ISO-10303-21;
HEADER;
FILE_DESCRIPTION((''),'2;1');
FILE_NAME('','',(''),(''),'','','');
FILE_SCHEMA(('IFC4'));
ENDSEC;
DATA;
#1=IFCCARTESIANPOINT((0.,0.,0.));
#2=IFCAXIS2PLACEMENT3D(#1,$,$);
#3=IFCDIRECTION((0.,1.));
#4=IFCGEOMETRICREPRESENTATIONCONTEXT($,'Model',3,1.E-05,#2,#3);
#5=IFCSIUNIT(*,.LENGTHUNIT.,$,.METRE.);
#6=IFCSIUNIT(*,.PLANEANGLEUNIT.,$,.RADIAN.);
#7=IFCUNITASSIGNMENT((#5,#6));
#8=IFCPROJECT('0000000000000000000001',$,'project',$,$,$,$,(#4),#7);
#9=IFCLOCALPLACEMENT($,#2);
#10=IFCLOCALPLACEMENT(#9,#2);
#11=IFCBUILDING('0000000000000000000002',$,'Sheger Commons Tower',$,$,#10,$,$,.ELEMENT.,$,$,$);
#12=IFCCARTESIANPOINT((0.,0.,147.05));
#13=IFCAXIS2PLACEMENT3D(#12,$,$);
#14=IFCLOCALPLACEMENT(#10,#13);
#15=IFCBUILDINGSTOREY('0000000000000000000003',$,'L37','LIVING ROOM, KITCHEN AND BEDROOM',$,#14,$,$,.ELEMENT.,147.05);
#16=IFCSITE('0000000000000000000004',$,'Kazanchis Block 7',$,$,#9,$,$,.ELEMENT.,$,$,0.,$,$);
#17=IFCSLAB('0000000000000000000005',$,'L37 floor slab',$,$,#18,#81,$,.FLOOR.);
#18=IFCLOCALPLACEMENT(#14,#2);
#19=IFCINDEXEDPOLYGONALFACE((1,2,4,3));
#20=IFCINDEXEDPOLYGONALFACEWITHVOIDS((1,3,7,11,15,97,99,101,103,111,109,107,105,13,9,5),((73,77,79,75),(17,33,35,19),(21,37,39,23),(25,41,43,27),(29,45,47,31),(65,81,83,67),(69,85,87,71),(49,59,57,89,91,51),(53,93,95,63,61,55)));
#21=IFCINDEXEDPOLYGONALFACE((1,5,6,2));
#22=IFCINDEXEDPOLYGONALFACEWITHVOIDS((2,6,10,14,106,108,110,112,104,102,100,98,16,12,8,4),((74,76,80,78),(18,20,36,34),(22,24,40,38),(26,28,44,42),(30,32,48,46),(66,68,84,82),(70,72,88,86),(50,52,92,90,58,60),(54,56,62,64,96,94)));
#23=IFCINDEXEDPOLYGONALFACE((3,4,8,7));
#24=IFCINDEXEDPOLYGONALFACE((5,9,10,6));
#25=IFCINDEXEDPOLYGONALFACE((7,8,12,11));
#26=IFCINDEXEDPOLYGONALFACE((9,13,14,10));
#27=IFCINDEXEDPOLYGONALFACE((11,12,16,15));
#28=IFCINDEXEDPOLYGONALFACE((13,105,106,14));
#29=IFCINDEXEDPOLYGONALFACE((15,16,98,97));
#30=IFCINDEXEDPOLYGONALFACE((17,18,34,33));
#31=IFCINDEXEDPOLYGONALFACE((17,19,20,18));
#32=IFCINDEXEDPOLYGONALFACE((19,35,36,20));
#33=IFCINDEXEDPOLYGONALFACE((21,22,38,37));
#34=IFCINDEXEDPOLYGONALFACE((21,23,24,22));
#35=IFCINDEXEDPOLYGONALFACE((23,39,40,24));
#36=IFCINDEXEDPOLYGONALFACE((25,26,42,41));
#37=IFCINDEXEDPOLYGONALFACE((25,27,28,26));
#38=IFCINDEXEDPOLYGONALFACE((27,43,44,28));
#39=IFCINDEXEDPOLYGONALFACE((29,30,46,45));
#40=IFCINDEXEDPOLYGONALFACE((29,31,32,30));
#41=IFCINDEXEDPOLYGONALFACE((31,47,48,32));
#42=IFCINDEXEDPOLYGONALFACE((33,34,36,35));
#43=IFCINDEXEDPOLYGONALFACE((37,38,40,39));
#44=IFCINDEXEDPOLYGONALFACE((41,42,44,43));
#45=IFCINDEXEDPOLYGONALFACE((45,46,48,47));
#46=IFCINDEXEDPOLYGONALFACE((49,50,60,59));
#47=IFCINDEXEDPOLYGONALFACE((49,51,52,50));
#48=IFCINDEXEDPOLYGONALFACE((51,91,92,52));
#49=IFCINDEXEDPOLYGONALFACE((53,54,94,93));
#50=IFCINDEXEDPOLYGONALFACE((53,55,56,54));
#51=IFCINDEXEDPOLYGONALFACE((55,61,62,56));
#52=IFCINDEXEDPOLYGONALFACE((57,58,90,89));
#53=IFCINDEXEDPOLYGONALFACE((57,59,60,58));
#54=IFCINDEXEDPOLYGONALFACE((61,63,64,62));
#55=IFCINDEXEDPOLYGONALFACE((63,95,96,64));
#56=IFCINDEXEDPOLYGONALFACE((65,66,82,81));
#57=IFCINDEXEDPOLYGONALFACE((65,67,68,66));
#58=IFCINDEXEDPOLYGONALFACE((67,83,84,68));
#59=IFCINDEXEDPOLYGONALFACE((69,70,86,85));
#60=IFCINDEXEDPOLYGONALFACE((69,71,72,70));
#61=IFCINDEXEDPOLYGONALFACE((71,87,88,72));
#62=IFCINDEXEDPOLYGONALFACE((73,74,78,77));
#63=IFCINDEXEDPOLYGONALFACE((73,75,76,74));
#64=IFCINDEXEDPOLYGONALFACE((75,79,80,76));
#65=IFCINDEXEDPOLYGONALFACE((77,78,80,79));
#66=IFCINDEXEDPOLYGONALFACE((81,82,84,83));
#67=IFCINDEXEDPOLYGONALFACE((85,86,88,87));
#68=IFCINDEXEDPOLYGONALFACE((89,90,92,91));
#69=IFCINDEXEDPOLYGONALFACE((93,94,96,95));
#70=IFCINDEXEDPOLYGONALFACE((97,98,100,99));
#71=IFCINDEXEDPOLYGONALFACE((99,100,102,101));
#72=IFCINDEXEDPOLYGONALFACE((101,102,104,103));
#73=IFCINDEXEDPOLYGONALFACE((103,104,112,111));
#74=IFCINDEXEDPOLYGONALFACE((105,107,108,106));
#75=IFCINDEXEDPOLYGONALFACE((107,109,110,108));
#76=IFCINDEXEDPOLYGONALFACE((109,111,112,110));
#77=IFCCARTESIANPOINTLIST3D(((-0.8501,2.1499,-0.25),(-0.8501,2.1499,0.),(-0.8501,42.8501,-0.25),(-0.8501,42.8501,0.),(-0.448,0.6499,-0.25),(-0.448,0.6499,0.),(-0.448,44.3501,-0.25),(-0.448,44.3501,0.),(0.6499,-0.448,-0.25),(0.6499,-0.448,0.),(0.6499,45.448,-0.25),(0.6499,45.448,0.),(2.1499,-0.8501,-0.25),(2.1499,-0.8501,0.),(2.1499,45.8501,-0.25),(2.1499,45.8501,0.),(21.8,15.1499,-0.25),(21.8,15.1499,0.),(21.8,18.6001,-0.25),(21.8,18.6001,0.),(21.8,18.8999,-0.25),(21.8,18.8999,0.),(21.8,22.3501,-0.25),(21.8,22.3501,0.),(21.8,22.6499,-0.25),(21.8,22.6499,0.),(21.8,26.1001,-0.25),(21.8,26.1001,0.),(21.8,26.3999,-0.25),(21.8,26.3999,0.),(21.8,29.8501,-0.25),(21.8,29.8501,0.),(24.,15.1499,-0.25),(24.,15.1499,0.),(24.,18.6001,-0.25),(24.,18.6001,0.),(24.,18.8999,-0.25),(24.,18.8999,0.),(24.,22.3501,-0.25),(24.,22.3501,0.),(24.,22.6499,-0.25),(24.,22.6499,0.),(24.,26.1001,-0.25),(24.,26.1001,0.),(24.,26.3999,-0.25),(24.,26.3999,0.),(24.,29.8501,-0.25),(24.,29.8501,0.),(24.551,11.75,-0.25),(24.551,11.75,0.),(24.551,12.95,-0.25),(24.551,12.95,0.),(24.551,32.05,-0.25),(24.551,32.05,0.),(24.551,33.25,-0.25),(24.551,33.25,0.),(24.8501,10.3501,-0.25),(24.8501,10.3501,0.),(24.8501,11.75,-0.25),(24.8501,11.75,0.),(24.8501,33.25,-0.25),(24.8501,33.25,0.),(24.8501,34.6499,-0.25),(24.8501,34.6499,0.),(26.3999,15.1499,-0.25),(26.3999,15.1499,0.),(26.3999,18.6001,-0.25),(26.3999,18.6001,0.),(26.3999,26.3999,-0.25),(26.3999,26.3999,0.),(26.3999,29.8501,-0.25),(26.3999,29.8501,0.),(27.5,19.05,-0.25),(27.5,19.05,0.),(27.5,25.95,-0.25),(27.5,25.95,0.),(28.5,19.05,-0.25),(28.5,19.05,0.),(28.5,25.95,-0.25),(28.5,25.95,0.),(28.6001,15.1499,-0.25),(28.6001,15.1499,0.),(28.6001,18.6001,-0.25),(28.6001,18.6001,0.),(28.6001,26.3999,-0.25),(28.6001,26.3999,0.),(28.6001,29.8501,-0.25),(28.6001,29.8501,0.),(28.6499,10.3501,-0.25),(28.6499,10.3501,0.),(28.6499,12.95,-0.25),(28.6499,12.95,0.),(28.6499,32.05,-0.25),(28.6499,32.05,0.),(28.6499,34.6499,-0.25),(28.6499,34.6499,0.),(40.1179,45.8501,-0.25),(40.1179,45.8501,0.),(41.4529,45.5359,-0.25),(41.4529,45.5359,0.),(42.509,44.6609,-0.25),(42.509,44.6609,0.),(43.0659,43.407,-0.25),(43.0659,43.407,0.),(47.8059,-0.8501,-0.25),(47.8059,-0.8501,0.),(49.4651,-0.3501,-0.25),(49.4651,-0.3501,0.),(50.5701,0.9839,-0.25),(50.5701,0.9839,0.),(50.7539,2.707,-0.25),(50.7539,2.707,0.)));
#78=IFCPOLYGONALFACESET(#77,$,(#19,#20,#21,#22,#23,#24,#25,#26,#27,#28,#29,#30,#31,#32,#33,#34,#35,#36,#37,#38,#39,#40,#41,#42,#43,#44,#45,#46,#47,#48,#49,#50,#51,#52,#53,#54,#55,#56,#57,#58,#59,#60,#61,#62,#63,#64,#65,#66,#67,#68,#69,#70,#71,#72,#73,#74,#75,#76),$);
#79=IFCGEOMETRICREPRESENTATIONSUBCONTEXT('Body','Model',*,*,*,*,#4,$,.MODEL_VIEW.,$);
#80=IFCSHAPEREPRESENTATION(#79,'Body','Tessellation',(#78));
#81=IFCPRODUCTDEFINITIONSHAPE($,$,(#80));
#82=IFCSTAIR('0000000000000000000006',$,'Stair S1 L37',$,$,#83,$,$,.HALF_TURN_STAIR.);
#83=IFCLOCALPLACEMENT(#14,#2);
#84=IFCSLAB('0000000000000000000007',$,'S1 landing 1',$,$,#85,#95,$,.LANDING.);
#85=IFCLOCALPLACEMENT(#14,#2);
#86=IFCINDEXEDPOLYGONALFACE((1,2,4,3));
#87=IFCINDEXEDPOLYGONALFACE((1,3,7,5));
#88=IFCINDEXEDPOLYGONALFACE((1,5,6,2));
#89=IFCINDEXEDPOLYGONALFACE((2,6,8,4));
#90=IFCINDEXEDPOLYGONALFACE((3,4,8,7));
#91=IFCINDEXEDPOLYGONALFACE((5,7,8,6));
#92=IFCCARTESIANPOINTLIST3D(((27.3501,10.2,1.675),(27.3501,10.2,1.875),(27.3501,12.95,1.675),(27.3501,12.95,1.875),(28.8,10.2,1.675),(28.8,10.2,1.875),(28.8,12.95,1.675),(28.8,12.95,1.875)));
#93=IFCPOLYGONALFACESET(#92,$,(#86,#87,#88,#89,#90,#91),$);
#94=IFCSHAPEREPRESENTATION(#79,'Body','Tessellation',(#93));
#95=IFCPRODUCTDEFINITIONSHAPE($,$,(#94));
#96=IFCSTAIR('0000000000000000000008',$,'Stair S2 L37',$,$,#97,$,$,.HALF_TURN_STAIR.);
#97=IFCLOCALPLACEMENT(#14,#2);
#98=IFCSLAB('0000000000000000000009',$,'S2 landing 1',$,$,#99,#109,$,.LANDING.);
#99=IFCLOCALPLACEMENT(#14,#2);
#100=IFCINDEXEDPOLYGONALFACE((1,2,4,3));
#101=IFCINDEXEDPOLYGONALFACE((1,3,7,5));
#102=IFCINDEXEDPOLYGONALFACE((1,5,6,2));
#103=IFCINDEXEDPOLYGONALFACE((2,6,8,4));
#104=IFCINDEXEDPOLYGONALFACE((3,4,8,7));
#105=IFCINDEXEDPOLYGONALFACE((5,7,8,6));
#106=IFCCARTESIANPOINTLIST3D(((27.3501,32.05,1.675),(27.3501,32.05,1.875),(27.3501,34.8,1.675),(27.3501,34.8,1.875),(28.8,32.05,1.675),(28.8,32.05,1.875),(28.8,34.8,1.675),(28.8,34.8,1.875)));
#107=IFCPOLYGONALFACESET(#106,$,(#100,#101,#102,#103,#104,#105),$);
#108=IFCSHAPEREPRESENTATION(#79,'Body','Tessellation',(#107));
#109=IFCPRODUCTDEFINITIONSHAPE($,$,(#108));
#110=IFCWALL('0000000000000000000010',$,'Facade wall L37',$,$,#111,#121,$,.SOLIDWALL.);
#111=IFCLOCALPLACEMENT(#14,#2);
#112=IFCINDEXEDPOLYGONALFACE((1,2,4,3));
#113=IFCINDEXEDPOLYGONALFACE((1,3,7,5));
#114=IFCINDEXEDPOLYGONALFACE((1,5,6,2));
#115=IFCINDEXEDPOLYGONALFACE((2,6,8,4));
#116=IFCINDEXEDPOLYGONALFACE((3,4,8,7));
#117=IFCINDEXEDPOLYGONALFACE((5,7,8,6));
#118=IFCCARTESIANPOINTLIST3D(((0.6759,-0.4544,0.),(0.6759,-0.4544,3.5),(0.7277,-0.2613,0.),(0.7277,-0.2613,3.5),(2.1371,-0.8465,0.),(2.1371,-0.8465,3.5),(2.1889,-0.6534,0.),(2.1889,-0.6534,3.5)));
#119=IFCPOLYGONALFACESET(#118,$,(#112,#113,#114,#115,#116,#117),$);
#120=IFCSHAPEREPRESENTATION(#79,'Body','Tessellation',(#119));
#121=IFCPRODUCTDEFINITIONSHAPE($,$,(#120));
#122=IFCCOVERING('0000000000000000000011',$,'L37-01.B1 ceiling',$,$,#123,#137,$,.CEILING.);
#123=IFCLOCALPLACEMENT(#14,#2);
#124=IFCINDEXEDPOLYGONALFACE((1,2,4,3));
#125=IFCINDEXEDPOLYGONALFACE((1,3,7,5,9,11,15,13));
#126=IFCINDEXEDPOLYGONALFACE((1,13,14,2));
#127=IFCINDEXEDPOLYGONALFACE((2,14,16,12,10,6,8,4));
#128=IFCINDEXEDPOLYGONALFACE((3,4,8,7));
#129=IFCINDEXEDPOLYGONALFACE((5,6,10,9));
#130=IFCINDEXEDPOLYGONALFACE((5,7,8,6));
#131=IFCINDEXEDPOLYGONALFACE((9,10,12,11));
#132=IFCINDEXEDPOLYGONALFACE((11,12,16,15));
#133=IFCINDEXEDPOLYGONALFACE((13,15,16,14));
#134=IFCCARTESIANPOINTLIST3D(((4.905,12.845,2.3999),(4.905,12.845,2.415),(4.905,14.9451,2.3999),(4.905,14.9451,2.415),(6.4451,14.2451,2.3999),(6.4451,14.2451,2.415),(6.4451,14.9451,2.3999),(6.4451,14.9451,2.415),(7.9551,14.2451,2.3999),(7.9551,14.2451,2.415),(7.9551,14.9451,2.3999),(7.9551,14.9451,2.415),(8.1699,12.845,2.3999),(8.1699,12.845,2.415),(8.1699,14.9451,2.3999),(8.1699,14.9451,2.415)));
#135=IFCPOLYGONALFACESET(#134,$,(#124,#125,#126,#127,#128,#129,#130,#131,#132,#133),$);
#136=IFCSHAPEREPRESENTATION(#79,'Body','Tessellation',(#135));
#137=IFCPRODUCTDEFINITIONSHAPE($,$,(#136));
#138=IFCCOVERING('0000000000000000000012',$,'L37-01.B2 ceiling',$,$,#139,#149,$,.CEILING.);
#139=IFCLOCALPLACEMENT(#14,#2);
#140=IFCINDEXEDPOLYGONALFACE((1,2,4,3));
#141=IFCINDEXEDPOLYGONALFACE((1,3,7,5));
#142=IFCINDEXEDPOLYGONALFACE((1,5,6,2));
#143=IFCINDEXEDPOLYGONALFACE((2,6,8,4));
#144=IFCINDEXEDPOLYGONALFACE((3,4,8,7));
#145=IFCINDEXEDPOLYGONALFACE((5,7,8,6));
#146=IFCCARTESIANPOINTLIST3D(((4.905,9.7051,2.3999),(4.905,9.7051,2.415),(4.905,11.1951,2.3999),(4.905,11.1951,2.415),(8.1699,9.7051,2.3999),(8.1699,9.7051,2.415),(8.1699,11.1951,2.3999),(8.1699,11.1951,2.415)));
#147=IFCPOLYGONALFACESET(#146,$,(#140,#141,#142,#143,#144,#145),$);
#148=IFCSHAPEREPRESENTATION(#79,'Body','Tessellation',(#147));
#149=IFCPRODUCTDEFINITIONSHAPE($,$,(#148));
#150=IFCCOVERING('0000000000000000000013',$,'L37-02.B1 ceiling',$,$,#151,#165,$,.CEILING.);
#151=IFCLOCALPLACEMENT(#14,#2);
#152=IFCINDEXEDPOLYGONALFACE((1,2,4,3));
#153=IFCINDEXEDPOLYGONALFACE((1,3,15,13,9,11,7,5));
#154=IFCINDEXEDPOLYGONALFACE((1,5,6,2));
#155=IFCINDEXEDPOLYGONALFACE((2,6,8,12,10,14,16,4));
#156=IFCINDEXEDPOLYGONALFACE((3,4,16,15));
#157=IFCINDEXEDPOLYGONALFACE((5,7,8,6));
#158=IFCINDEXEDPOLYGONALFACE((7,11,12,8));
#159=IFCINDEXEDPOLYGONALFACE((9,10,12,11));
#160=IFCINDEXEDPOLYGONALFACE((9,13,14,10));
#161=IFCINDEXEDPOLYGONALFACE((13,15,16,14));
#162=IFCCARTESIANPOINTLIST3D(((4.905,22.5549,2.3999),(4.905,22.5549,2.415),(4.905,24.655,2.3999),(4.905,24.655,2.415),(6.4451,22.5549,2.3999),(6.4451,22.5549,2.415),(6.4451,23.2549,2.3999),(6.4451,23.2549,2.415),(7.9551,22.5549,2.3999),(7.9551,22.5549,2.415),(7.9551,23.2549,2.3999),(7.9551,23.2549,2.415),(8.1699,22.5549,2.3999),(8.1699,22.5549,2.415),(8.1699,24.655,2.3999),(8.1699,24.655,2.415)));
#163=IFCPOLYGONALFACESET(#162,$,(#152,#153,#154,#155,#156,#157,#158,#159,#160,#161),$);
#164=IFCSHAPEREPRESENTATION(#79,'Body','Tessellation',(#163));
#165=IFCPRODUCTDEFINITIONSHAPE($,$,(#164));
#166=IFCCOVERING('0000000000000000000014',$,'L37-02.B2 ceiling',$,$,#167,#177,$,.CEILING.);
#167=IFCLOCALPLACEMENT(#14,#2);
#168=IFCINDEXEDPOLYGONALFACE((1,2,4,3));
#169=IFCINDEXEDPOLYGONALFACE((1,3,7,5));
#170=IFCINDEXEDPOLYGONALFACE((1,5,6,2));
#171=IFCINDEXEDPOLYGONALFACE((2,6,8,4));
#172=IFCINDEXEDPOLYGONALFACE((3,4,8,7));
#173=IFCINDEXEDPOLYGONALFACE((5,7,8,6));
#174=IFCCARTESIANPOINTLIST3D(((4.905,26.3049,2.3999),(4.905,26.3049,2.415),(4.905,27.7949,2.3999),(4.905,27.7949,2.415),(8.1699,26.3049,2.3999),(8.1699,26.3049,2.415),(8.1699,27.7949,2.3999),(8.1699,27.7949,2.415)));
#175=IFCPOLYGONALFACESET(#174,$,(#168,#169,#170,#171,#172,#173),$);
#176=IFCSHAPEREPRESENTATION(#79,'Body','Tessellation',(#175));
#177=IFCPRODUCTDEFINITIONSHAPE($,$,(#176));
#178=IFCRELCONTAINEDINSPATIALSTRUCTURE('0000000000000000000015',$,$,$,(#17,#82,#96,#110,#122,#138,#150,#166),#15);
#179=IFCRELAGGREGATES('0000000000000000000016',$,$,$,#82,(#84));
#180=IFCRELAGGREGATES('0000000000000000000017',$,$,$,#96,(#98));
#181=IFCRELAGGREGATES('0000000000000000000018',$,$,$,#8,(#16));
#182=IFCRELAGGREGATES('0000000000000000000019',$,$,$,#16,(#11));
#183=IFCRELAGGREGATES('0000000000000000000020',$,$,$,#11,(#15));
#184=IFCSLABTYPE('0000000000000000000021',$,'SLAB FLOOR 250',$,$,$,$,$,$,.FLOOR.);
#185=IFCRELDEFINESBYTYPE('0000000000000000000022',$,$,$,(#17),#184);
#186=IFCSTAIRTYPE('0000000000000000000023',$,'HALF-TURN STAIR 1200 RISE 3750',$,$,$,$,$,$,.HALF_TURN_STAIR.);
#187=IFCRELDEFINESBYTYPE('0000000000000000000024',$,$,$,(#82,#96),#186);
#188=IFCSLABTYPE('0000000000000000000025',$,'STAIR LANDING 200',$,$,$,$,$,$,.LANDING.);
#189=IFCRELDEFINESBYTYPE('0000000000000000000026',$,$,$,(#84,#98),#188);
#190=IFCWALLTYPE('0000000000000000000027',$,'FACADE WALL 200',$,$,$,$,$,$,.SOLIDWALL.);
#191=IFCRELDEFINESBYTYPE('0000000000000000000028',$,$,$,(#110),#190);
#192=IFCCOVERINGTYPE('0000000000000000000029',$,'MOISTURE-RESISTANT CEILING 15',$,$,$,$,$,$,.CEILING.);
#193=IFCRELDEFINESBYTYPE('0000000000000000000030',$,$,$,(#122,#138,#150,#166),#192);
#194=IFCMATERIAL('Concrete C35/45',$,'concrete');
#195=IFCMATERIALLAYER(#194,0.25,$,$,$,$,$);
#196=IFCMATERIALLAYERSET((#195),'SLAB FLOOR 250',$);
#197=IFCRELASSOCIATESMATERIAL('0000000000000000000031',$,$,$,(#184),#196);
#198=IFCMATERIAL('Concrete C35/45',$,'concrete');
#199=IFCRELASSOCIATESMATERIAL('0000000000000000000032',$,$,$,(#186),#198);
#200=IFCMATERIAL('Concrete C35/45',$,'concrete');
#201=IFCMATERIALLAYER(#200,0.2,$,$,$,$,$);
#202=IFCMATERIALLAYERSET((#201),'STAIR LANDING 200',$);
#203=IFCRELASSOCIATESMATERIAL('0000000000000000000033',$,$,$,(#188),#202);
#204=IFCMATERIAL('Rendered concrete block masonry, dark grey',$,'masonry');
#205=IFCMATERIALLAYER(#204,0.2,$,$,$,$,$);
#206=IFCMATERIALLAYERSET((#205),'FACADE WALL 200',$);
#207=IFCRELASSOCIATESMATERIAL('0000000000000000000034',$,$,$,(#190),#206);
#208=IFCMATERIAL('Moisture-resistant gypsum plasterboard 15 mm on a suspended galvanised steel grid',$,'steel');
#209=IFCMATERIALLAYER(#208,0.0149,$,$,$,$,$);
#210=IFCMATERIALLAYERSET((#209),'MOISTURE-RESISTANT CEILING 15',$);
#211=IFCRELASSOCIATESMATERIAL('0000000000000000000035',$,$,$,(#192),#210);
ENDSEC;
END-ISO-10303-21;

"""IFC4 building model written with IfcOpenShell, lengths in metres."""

from ifc_helpers import new_model, si_unit, direction, frame, frame_2d, origin, place, context, subcontext, project, spatial, polyline, rectangle, outline, extrude, material, layer, layer_set, type_object, element, aggregate, save


model = new_model("IFC4")

# Units and contexts
model_context = context("Model", 3, precision=1e-05, world=origin(), true_north=direction((0.0, 1.0)))
body_context = subcontext(model_context, "Body", "Model", "MODEL_VIEW")
ifc_project = project(units=[si_unit("LENGTHUNIT", "METRE"), si_unit("PLANEANGLEUNIT", "RADIAN")], contexts=[model_context])

# Site, building, storey
site_placement = place(None, origin())
site = spatial("IfcSite", under=ifc_project, at=site_placement, Name="Kazanchis Block 7", CompositionType="ELEMENT", RefElevation=0.0)
building_placement = place(site_placement, origin())
building = spatial("IfcBuilding", under=site, at=building_placement, Name="Sheger Commons Tower", CompositionType="ELEMENT")
storey_placement = place(building_placement, frame((0.0, 0.0, 147.05)))
storey = spatial("IfcBuildingStorey", under=building, at=storey_placement, Name="L37", Description="LIVING ROOM, KITCHEN AND BEDROOM", CompositionType="ELEMENT", Elevation=147.05)

# Slab
ifc_material_1 = material(Name="Concrete C35/45", Category="concrete")
ifc_layer_1 = layer(ifc_material_1, 0.25)
ifc_layer_set_1 = layer_set([ifc_layer_1], Name="SLAB FLOOR 250")
slab_type_1 = type_object("IfcSlabType", Name="SLAB FLOOR 250", PredefinedType="FLOOR", material=ifc_layer_set_1)
slab_1_placement = place(storey_placement, frame((0.0, 0.0, -0.25)))
element("IfcSlab", 1, at=slab_1_placement, inside=storey, type_object=slab_type_1, Name="L37 floor slab", PredefinedType="FLOOR", context=body_context, shape_type="SweptSolid", body=[
    extrude(outline(polyline([(-0.8501, 2.1499), (-0.448, 0.6499), (0.6499, -0.448), (2.1499, -0.8501), (47.8059, -0.8501), (49.4651, -0.3501), (50.5701, 0.9839), (50.7539, 2.707), (43.0659, 43.407), (42.509, 44.6609), (41.4529, 45.5359), (40.1179, 45.8501), (2.1499, 45.8501), (0.6499, 45.448), (-0.448, 44.3501), (-0.8501, 42.8501), (-0.8501, 2.1499)]), holes=[polyline([(24.8501, 10.3501), (28.6499, 10.3501), (28.6499, 12.95), (24.551, 12.95), (24.551, 11.75), (24.8501, 11.75), (24.8501, 10.3501)]), polyline([(24.551, 32.05), (28.6499, 32.05), (28.6499, 34.6499), (24.8501, 34.6499), (24.8501, 33.25), (24.551, 33.25), (24.551, 32.05)]), polyline([(26.3999, 15.1499), (28.6001, 15.1499), (28.6001, 18.6001), (26.3999, 18.6001), (26.3999, 15.1499)]), polyline([(26.3999, 26.3999), (28.6001, 26.3999), (28.6001, 29.8501), (26.3999, 29.8501), (26.3999, 26.3999)]), polyline([(21.8, 15.1499), (24.0, 15.1499), (24.0, 18.6001), (21.8, 18.6001), (21.8, 15.1499)]), polyline([(21.8, 18.8999), (24.0, 18.8999), (24.0, 22.3501), (21.8, 22.3501), (21.8, 18.8999)]), polyline([(21.8, 22.6499), (24.0, 22.6499), (24.0, 26.1001), (21.8, 26.1001), (21.8, 22.6499)]), polyline([(21.8, 26.3999), (24.0, 26.3999), (24.0, 29.8501), (21.8, 29.8501), (21.8, 26.3999)]), polyline([(27.5, 19.05), (28.5, 19.05), (28.5, 25.95), (27.5, 25.95), (27.5, 19.05)])]), origin(), (0.0, 0.0, 1.0), 0.25),
])

# Stairs, slabs
ifc_material_2 = material(Name="Concrete C35/45", Category="concrete")
stair_type = type_object("IfcStairType", Name="HALF-TURN STAIR 1200 RISE 3750", PredefinedType="HALF_TURN_STAIR", material=ifc_material_2)
stair_1_placement = place(storey_placement, origin())
stair_1 = element("IfcStair", 2, at=stair_1_placement, inside=storey, type_object=stair_type, Name="Stair S1 L37", PredefinedType="HALF_TURN_STAIR")
ifc_material_3 = material(Name="Concrete C35/45", Category="concrete")
ifc_layer_2 = layer(ifc_material_3, 0.2)
ifc_layer_set_2 = layer_set([ifc_layer_2], Name="STAIR LANDING 200")
slab_type_2 = type_object("IfcSlabType", Name="STAIR LANDING 200", PredefinedType="LANDING", material=ifc_layer_set_2)
slab_2_placement = place(storey_placement, frame((0.0, 0.0, 1.675)))
slab_2 = element("IfcSlab", 3, at=slab_2_placement, type_object=slab_type_2, Name="S1 landing 1", PredefinedType="LANDING", context=body_context, shape_type="SweptSolid", body=[
    extrude(outline(polyline([(27.3501, 10.2), (28.8, 10.2), (28.8, 12.95), (27.3501, 12.95), (27.3501, 10.2)])), origin(), (0.0, 0.0, 1.0), 0.2),
])
aggregate(stair_1, [slab_2])
stair_2_placement = place(storey_placement, origin())
stair_2 = element("IfcStair", 4, at=stair_2_placement, inside=storey, type_object=stair_type, Name="Stair S2 L37", PredefinedType="HALF_TURN_STAIR")
slab_3_placement = place(storey_placement, frame((0.0, 0.0, 1.675)))
slab_3 = element("IfcSlab", 5, at=slab_3_placement, type_object=slab_type_2, Name="S2 landing 1", PredefinedType="LANDING", context=body_context, shape_type="SweptSolid", body=[
    extrude(outline(polyline([(27.3501, 32.05), (28.8, 32.05), (28.8, 34.8), (27.3501, 34.8), (27.3501, 32.05)])), origin(), (0.0, 0.0, 1.0), 0.2),
])
aggregate(stair_2, [slab_3])

# Wall
ifc_material_4 = material(Name="Rendered concrete block masonry, dark grey", Category="masonry")
ifc_layer_3 = layer(ifc_material_4, 0.2)
ifc_layer_set_3 = layer_set([ifc_layer_3], Name="FACADE WALL 200")
wall_type = type_object("IfcWallType", Name="FACADE WALL 200", PredefinedType="SOLIDWALL", material=ifc_layer_set_3)
wall_placement = place(storey_placement, frame((0.7019, -0.3579, 0.0), z_axis=(0.0, 0.0, 1.0), x_axis=(0.965832, -0.259169, 0.0)))
element("IfcWall", 6, at=wall_placement, inside=storey, type_object=wall_type, Name="Facade wall L37", PredefinedType="SOLIDWALL", context=body_context, shape_type="SweptSolid", body=[
    extrude(rectangle(XDim=1.5129, YDim=0.2, at=frame_2d((0.7563, 0.0))), origin(), (0.0, 0.0, 1.0), 3.5),
])

# Coverings
ifc_material_5 = material(Name="Moisture-resistant gypsum plasterboard 15 mm on a suspended galvanised steel grid", Category="steel")
ifc_layer_4 = layer(ifc_material_5, 0.0149)
ifc_layer_set_4 = layer_set([ifc_layer_4], Name="MOISTURE-RESISTANT CEILING 15")
covering_type_1 = type_object("IfcCoveringType", Name="MOISTURE-RESISTANT CEILING 15", PredefinedType="CEILING", material=ifc_layer_set_4)
covering_1_placement = place(storey_placement, frame((0.0, 0.0, 2.3999)))
element("IfcCovering", 7, at=covering_1_placement, inside=storey, type_object=covering_type_1, Name="L37-01.B1 ceiling", PredefinedType="CEILING", context=body_context, shape_type="SweptSolid", body=[
    extrude(outline(polyline([(4.905, 12.845), (8.1699, 12.845), (8.1699, 14.9451), (7.9551, 14.9451), (7.9551, 14.2451), (6.4451, 14.2451), (6.4451, 14.9451), (4.905, 14.9451), (4.905, 12.845)])), origin(), (0.0, 0.0, 1.0), 0.0151),
])
covering_2_placement = place(storey_placement, frame((0.0, 0.0, 2.3999)))
element("IfcCovering", 8, at=covering_2_placement, inside=storey, type_object=covering_type_1, Name="L37-01.B2 ceiling", PredefinedType="CEILING", context=body_context, shape_type="SweptSolid", body=[
    extrude(outline(polyline([(4.905, 9.7051), (8.1699, 9.7051), (8.1699, 11.1951), (4.905, 11.1951), (4.905, 9.7051)])), origin(), (0.0, 0.0, 1.0), 0.0151),
])
covering_3_placement = place(storey_placement, frame((0.0, 0.0, 2.3999)))
element("IfcCovering", 9, at=covering_3_placement, inside=storey, type_object=covering_type_1, Name="L37-02.B1 ceiling", PredefinedType="CEILING", context=body_context, shape_type="SweptSolid", body=[
    extrude(outline(polyline([(4.905, 22.5549), (6.4451, 22.5549), (6.4451, 23.2549), (7.9551, 23.2549), (7.9551, 22.5549), (8.1699, 22.5549), (8.1699, 24.655), (4.905, 24.655), (4.905, 22.5549)])), origin(), (0.0, 0.0, 1.0), 0.0151),
])
covering_4_placement = place(storey_placement, frame((0.0, 0.0, 2.3999)))
element("IfcCovering", 10, at=covering_4_placement, inside=storey, type_object=covering_type_1, Name="L37-02.B2 ceiling", PredefinedType="CEILING", context=body_context, shape_type="SweptSolid", body=[
    extrude(outline(polyline([(4.905, 26.3049), (8.1699, 26.3049), (8.1699, 27.7949), (4.905, 27.7949), (4.905, 26.3049)])), origin(), (0.0, 0.0, 1.0), 0.0151),
])

save(model, "model.ifc")
